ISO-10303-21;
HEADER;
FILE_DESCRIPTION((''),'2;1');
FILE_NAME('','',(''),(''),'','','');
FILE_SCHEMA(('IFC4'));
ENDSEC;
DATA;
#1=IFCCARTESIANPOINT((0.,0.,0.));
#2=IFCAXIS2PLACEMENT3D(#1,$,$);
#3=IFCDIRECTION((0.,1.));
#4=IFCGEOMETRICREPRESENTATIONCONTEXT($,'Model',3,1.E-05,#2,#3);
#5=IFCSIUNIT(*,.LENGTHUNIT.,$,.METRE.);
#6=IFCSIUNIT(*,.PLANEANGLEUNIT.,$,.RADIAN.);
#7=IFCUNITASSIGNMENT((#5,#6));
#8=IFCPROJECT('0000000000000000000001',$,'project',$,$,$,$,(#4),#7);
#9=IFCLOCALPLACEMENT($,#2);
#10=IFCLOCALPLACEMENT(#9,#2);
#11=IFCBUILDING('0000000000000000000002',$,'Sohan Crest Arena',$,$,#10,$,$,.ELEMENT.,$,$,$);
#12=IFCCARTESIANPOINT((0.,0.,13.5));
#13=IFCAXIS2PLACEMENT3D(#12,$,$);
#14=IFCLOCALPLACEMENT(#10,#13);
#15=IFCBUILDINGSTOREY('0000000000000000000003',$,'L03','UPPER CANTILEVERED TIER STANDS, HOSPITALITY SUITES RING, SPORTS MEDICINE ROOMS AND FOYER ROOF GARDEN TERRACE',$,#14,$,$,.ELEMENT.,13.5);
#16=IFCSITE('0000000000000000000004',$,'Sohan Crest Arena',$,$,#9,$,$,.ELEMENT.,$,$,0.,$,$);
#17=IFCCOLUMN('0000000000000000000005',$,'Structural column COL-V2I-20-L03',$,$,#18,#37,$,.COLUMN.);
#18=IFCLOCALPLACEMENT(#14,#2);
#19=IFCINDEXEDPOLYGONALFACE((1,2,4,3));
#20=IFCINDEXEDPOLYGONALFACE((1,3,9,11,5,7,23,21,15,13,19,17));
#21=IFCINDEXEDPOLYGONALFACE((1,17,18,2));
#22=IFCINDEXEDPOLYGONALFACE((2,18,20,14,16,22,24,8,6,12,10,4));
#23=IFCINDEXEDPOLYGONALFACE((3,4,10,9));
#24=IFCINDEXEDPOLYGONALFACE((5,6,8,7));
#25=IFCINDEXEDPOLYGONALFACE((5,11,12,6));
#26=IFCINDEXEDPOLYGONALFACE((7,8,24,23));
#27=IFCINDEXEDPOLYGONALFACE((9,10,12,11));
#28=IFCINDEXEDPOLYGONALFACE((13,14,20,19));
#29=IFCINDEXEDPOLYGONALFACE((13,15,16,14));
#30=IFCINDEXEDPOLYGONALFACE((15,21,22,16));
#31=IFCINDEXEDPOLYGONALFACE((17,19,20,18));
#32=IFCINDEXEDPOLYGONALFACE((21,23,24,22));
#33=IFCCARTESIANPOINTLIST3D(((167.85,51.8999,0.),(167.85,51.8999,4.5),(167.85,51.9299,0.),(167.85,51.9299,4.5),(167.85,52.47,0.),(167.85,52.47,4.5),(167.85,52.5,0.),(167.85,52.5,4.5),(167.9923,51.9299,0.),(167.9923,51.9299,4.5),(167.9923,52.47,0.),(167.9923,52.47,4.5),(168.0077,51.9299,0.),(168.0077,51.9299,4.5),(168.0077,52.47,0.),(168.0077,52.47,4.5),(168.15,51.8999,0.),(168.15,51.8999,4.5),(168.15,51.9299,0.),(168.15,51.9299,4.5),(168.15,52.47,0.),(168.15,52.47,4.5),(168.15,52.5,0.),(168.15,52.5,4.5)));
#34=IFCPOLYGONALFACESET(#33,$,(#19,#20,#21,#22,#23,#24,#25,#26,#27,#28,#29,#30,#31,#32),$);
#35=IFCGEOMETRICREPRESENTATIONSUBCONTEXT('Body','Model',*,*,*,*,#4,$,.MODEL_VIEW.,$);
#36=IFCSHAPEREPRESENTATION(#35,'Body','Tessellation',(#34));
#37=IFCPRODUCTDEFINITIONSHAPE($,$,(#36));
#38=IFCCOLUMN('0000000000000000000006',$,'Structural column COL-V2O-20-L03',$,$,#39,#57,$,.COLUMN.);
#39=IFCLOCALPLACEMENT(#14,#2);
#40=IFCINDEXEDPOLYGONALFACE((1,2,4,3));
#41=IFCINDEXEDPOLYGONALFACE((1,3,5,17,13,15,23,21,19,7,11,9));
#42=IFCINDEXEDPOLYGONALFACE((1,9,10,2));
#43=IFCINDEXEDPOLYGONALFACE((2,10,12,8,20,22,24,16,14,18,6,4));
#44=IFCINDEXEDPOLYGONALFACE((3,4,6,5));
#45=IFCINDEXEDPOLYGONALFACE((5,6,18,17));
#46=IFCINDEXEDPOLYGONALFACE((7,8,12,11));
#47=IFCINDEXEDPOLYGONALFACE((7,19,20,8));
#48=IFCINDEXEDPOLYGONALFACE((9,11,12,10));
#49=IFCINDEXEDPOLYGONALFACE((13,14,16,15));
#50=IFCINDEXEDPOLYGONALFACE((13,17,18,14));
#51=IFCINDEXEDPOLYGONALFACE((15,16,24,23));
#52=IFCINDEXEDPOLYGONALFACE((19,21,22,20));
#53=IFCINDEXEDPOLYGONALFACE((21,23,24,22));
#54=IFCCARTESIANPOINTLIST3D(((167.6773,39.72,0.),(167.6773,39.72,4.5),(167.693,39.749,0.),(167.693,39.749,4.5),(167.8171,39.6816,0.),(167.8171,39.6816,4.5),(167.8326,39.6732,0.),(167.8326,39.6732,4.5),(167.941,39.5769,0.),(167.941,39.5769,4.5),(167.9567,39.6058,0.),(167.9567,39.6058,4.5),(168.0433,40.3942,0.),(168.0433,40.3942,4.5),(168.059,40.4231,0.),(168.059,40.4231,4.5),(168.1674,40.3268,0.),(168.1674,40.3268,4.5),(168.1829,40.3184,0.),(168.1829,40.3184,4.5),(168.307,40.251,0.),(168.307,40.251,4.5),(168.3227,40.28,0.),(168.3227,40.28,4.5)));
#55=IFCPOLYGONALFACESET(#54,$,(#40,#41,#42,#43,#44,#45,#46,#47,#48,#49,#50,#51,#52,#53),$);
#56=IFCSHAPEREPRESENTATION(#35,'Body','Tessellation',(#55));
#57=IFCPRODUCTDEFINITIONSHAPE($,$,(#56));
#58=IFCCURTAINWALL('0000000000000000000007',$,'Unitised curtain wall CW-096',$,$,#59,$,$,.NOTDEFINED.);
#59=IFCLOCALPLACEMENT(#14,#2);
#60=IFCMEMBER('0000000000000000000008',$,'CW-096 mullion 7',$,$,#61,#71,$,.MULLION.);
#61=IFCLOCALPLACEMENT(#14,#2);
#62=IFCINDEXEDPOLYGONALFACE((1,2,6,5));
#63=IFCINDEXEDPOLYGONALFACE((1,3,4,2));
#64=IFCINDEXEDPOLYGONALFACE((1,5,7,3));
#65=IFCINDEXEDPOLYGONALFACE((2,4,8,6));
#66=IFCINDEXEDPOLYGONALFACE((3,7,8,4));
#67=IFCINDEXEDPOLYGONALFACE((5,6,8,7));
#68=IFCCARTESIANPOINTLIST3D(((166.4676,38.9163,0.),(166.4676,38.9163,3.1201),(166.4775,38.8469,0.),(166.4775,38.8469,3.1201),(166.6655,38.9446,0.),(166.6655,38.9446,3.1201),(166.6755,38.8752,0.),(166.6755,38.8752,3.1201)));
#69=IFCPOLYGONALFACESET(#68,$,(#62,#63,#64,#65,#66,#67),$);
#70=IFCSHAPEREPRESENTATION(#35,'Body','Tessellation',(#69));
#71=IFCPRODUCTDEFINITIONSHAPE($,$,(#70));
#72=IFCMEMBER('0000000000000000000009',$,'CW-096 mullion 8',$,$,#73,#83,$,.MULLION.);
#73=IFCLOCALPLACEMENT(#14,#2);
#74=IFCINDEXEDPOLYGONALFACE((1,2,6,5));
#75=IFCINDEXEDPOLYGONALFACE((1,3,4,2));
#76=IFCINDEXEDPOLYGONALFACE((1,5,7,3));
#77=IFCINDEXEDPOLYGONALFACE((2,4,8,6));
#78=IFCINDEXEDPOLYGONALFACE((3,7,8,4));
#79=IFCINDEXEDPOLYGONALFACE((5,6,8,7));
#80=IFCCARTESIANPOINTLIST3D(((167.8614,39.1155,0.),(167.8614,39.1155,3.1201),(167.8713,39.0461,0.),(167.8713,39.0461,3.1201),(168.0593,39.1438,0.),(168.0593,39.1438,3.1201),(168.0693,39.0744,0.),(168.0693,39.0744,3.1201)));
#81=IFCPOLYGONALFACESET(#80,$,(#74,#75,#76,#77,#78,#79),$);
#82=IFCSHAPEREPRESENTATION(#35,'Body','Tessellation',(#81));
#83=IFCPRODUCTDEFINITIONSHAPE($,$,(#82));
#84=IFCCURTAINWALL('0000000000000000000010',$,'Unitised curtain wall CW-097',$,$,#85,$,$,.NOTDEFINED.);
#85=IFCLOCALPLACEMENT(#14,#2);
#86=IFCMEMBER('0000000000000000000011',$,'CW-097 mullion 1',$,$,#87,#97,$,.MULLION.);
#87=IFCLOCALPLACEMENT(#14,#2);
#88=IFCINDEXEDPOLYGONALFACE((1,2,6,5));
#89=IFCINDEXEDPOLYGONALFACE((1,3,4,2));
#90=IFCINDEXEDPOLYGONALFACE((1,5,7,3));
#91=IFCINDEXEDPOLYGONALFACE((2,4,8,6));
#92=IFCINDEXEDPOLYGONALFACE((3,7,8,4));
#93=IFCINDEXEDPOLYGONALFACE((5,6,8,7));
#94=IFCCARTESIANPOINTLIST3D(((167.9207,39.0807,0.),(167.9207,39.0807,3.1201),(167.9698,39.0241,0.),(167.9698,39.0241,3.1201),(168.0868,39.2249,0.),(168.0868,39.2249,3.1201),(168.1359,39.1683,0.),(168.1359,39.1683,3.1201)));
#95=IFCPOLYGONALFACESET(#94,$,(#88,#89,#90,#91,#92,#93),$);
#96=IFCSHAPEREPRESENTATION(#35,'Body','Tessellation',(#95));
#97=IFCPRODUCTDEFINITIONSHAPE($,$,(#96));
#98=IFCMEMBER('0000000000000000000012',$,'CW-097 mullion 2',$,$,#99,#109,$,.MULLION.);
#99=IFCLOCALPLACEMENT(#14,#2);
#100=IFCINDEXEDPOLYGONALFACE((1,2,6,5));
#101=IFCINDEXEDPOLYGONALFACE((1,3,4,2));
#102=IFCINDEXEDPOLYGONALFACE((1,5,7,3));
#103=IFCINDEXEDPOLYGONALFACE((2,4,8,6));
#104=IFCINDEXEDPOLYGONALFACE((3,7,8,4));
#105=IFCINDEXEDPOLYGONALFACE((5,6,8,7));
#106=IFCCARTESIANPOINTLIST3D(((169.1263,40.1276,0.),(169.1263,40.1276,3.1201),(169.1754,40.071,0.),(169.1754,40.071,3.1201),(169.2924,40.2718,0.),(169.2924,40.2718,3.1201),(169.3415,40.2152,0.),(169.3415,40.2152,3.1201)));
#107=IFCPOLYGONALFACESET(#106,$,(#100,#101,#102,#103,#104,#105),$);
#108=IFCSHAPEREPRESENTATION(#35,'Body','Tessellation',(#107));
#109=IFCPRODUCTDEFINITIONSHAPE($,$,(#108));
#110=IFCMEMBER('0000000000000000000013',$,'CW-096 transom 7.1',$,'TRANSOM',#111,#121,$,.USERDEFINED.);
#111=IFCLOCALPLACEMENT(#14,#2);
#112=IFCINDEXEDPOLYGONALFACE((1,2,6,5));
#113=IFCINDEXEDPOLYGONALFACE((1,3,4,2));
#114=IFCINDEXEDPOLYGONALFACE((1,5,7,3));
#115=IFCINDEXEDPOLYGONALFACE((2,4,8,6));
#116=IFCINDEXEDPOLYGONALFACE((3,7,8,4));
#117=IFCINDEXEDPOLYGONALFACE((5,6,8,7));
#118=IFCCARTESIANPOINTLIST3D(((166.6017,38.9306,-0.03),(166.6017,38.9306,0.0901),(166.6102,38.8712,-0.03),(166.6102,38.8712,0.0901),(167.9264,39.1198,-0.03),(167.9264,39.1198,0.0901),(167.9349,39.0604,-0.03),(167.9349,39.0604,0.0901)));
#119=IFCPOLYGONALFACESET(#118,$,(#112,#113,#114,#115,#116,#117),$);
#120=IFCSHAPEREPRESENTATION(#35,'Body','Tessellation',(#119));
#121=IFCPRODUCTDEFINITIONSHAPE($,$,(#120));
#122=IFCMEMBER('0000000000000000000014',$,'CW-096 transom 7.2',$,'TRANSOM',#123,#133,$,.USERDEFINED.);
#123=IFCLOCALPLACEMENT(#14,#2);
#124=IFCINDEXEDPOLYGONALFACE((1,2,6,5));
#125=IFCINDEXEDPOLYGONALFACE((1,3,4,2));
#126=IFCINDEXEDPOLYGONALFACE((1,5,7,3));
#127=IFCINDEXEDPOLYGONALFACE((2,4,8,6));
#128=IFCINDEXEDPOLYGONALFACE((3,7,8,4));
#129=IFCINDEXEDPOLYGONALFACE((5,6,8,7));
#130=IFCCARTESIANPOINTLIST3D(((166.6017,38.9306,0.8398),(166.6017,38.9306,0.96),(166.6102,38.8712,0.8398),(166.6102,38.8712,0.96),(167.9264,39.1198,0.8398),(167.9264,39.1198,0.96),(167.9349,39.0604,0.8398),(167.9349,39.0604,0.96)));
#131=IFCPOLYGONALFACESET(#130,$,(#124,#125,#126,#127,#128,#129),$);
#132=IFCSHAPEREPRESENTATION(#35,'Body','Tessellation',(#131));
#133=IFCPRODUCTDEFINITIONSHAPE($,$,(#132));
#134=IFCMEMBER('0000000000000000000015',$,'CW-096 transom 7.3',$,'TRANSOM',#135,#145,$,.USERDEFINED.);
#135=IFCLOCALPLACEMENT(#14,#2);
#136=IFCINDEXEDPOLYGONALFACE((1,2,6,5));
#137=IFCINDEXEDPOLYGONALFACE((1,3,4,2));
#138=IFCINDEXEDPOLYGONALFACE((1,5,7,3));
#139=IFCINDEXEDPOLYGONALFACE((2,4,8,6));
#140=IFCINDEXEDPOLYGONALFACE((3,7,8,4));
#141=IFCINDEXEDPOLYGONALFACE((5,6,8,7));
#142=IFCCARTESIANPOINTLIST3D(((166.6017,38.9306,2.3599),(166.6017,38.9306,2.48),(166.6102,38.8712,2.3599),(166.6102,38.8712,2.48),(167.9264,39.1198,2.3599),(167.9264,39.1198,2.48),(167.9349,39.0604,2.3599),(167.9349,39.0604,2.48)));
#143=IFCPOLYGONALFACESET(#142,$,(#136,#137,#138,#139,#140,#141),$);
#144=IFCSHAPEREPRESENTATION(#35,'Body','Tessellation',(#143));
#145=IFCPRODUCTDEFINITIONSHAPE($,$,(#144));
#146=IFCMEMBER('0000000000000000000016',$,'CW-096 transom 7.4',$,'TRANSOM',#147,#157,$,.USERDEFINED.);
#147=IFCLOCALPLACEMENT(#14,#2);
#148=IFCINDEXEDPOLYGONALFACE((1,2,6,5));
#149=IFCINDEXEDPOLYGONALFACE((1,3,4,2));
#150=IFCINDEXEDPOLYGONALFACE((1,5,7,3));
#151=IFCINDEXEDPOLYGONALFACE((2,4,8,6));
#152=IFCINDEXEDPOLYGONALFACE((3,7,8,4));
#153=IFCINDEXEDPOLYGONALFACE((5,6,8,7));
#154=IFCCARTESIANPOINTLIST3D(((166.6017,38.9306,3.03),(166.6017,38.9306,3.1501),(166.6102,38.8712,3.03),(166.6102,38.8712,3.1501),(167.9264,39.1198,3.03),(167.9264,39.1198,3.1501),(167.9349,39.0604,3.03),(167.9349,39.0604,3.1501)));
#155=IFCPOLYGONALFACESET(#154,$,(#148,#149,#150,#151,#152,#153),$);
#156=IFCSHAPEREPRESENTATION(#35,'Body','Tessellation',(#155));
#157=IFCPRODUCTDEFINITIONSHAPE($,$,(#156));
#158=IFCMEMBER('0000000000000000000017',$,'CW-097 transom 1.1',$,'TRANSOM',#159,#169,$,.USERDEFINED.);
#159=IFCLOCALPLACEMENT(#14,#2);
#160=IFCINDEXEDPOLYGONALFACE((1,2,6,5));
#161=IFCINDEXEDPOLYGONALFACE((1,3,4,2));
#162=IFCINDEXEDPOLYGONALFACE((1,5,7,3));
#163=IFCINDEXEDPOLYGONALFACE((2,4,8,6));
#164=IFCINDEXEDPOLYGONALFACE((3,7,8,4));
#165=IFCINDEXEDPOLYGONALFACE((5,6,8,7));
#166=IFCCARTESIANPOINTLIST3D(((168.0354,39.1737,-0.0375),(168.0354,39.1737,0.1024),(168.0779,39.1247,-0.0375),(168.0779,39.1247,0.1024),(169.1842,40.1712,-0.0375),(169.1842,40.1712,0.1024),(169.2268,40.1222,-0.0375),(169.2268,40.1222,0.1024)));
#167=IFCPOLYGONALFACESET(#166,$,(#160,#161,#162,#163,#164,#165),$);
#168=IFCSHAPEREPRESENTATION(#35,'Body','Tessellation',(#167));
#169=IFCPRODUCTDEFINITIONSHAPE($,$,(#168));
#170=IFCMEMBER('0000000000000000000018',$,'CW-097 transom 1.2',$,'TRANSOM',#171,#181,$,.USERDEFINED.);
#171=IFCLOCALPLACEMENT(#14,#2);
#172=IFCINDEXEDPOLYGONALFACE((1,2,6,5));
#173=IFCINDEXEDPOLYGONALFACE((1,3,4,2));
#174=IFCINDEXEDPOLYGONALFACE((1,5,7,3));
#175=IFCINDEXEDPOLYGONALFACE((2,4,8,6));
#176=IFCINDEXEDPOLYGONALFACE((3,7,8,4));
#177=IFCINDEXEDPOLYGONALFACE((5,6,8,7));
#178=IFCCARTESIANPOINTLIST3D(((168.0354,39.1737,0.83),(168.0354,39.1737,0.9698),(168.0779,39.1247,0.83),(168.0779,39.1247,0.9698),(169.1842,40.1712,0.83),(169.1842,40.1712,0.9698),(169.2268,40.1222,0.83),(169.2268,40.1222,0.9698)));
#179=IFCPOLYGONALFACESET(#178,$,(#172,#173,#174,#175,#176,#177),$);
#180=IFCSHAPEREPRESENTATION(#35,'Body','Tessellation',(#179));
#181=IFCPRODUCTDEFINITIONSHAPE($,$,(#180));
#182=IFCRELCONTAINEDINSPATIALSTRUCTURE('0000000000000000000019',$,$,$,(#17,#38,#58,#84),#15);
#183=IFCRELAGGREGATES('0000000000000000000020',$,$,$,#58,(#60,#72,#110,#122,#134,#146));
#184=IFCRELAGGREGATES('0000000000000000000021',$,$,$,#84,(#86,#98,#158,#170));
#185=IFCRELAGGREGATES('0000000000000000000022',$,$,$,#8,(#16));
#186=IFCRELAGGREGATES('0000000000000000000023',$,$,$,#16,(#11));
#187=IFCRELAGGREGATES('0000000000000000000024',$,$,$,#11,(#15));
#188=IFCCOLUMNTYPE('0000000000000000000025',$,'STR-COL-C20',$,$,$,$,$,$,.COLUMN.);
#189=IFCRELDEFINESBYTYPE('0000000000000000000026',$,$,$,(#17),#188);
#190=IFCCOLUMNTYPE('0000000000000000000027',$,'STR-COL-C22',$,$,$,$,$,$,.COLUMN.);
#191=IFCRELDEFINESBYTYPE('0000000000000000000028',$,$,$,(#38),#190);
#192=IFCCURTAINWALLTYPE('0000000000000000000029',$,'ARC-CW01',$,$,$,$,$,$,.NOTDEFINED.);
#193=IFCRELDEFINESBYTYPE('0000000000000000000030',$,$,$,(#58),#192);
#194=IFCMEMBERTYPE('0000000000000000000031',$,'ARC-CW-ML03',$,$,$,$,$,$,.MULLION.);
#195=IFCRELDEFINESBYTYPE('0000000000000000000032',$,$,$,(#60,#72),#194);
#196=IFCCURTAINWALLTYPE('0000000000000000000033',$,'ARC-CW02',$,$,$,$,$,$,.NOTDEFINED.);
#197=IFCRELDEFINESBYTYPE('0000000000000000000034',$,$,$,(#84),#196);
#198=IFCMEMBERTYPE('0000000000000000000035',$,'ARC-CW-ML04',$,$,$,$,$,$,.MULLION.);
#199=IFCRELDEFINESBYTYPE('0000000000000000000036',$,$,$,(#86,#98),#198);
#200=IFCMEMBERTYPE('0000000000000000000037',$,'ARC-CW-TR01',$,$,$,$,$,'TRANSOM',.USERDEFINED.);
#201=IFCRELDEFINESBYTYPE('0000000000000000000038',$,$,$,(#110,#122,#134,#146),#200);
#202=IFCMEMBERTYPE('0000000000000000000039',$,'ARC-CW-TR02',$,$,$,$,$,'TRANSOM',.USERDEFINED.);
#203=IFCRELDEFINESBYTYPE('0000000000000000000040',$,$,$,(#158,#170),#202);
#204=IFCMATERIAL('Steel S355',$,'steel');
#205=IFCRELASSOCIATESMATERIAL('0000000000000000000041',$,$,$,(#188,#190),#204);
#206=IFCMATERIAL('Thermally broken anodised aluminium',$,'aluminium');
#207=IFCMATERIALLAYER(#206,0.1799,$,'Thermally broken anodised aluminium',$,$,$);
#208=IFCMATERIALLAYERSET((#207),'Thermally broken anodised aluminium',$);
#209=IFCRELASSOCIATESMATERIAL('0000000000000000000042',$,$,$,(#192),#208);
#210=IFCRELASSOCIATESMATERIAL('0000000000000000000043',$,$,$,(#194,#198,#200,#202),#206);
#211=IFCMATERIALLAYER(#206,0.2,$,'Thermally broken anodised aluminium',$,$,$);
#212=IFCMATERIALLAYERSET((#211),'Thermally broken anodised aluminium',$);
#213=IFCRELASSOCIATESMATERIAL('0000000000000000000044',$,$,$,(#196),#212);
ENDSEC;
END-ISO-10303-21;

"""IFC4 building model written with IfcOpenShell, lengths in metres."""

from ifc_helpers import new_model, si_unit, direction, frame, origin, origin_2d, place, context, subcontext, project, spatial, rectangle, i_section, extrude, material, layer, layer_set, material_profile, profile_set, type_object, element, aggregate, save


model = new_model("IFC4")

# Units and contexts
model_context = context("Model", 3, precision=1e-05, world=origin(), true_north=direction((0.0, 1.0)))
body_context = subcontext(model_context, "Body", "Model", "MODEL_VIEW")
ifc_project = project(units=[si_unit("LENGTHUNIT", "METRE"), si_unit("PLANEANGLEUNIT", "RADIAN")], contexts=[model_context])

# Site, building, storey
site_placement = place(None, origin())
site = spatial("IfcSite", under=ifc_project, at=site_placement, Name="Sohan Crest Arena", CompositionType="ELEMENT", RefElevation=0.0)
building_placement = place(site_placement, origin())
building = spatial("IfcBuilding", under=site, at=building_placement, Name="Sohan Crest Arena", CompositionType="ELEMENT")
storey_placement = place(building_placement, frame((0.0, 0.0, 13.5)))
storey = spatial("IfcBuildingStorey", under=building, at=storey_placement, Name="L03", Description="UPPER CANTILEVERED TIER STANDS, HOSPITALITY SUITES RING, SPORTS MEDICINE ROOMS AND FOYER ROOF GARDEN TERRACE", CompositionType="ELEMENT", Elevation=13.5)

# Columns
ifc_material_1 = material(Name="Steel S355", Category="steel")
ifc_material_profile_1 = material_profile(ifc_material_1, i_section(OverallWidth=0.3, OverallDepth=0.6001, WebThickness=0.0154, FlangeThickness=0.03, at=origin_2d()), Name="HEB 600")
ifc_profile_set_1 = profile_set([ifc_material_profile_1], Name="Steel S355")
column_type_1 = type_object("IfcColumnType", Name="STR-COL-C20", PredefinedType="COLUMN", material=ifc_profile_set_1)
column_1_placement = place(storey_placement, frame((168.0, 52.2, 0.0), z_axis=(0.0, 0.0, 1.0), x_axis=(1.0, 0.0, 0.0)))
element("IfcColumn", 1, at=column_1_placement, inside=storey, type_object=column_type_1, Name="Structural column COL-V2I-20-L03", PredefinedType="COLUMN", context=body_context, shape_type="SweptSolid", body=[
    extrude(i_section(OverallWidth=0.3, OverallDepth=0.6001, WebThickness=0.0154, FlangeThickness=0.03, at=origin_2d()), origin(), (0.0, 0.0, 1.0), 4.5),
])
ifc_material_profile_2 = material_profile(ifc_material_1, i_section(OverallWidth=0.3, OverallDepth=0.8, WebThickness=0.0176, FlangeThickness=0.033, at=origin_2d()), Name="HEB 800")
ifc_profile_set_2 = profile_set([ifc_material_profile_2], Name="Steel S355")
column_type_2 = type_object("IfcColumnType", Name="STR-COL-C22", PredefinedType="COLUMN", material=ifc_profile_set_2)
column_2_placement = place(storey_placement, frame((168.0, 40.0, 0.0), z_axis=(0.0, 0.0, 1.0), x_axis=(-0.878817, 0.477159, 0.0)))
element("IfcColumn", 2, at=column_2_placement, inside=storey, type_object=column_type_2, Name="Structural column COL-V2O-20-L03", PredefinedType="COLUMN", context=body_context, shape_type="SweptSolid", body=[
    extrude(i_section(OverallWidth=0.3, OverallDepth=0.8, WebThickness=0.0176, FlangeThickness=0.033, at=origin_2d()), origin(), (0.0, 0.0, 1.0), 4.5),
])

# Curtain walls, members
ifc_material_2 = material(Name="Thermally broken anodised aluminium", Category="aluminium")
ifc_layer_1 = layer(ifc_material_2, 0.1799, Name="Thermally broken anodised aluminium")
ifc_layer_set_1 = layer_set([ifc_layer_1], Name="Thermally broken anodised aluminium")
curtain_wall_type_1 = type_object("IfcCurtainWallType", Name="ARC-CW01", PredefinedType="NOTDEFINED", material=ifc_layer_set_1)
curtain_wall_1_placement = place(storey_placement, origin())
curtain_wall_1 = element("IfcCurtainWall", 3, at=curtain_wall_1_placement, inside=storey, type_object=curtain_wall_type_1, Name="Unitised curtain wall CW-096", PredefinedType="NOTDEFINED")
ifc_material_profile_3 = material_profile(ifc_material_2, rectangle(XDim=0.0701, YDim=0.2, at=origin_2d()), Name="ALU-MULL 70x200")
ifc_profile_set_3 = profile_set([ifc_material_profile_3], Name="Thermally broken anodised aluminium")
member_type_1 = type_object("IfcMemberType", Name="ARC-CW-ML03", PredefinedType="MULLION", material=ifc_profile_set_3)
member_1_placement = place(storey_placement, frame((166.5715, 38.8958, 0.0), z_axis=(0.0, 0.0, 1.0), x_axis=(-0.141463, 0.989944, 0.0)))
member_1 = element("IfcMember", 4, at=member_1_placement, type_object=member_type_1, Name="CW-096 mullion 7", PredefinedType="MULLION", context=body_context, shape_type="SweptSolid", body=[
    extrude(rectangle(XDim=0.0701, YDim=0.2, at=origin_2d()), origin(), (0.0, 0.0, 1.0), 3.1201),
])
member_2_placement = place(storey_placement, frame((167.9653, 39.095, 0.0), z_axis=(0.0, 0.0, 1.0), x_axis=(-0.141463, 0.989944, 0.0)))
member_2 = element("IfcMember", 5, at=member_2_placement, type_object=member_type_1, Name="CW-096 mullion 8", PredefinedType="MULLION", context=body_context, shape_type="SweptSolid", body=[
    extrude(rectangle(XDim=0.0701, YDim=0.2, at=origin_2d()), origin(), (0.0, 0.0, 1.0), 3.1201),
])
ifc_layer_2 = layer(ifc_material_2, 0.2, Name="Thermally broken anodised aluminium")
ifc_layer_set_2 = layer_set([ifc_layer_2], Name="Thermally broken anodised aluminium")
curtain_wall_type_2 = type_object("IfcCurtainWallType", Name="ARC-CW02", PredefinedType="NOTDEFINED", material=ifc_layer_set_2)
curtain_wall_2_placement = place(storey_placement, origin())
curtain_wall_2 = element("IfcCurtainWall", 6, at=curtain_wall_2_placement, inside=storey, type_object=curtain_wall_type_2, Name="Unitised curtain wall CW-097", PredefinedType="NOTDEFINED")
ifc_material_profile_4 = material_profile(ifc_material_2, rectangle(XDim=0.075, YDim=0.22, at=origin_2d()), Name="ALU-MULL 75x220")
ifc_profile_set_4 = profile_set([ifc_material_profile_4], Name="Thermally broken anodised aluminium")
member_type_2 = type_object("IfcMemberType", Name="ARC-CW-ML04", PredefinedType="MULLION", material=ifc_profile_set_4)
member_3_placement = place(storey_placement, frame((168.0283, 39.1245, 0.0), z_axis=(0.0, 0.0, 1.0), x_axis=(-0.655616, 0.755095, 0.0)))
member_3 = element("IfcMember", 7, at=member_3_placement, type_object=member_type_2, Name="CW-097 mullion 1", PredefinedType="MULLION", context=body_context, shape_type="SweptSolid", body=[
    extrude(rectangle(XDim=0.075, YDim=0.22, at=origin_2d()), origin(), (0.0, 0.0, 1.0), 3.1201),
])
member_4_placement = place(storey_placement, frame((169.2339, 40.1714, 0.0), z_axis=(0.0, 0.0, 1.0), x_axis=(-0.655616, 0.755095, 0.0)))
member_4 = element("IfcMember", 8, at=member_4_placement, type_object=member_type_2, Name="CW-097 mullion 2", PredefinedType="MULLION", context=body_context, shape_type="SweptSolid", body=[
    extrude(rectangle(XDim=0.075, YDim=0.22, at=origin_2d()), origin(), (0.0, 0.0, 1.0), 3.1201),
])

# Members
ifc_material_profile_5 = material_profile(ifc_material_2, rectangle(XDim=0.0601, YDim=0.1201, at=origin_2d()), Name="ALU-TRAN 60x120")
ifc_profile_set_5 = profile_set([ifc_material_profile_5], Name="Thermally broken anodised aluminium")
member_type_3 = type_object("IfcMemberType", Name="ARC-CW-TR01", ElementType="TRANSOM", PredefinedType="USERDEFINED", material=ifc_profile_set_5)
member_5_placement = place(storey_placement, frame((166.606, 38.9009, 0.03), z_axis=(0.989953, 0.141396, 0.0), x_axis=(-0.141396, 0.989953, 0.0)))
member_5 = element("IfcMember", 9, at=member_5_placement, type_object=member_type_3, Name="CW-096 transom 7.1", ObjectType="TRANSOM", PredefinedType="USERDEFINED", context=body_context, shape_type="SweptSolid", body=[
    extrude(rectangle(XDim=0.0601, YDim=0.1201, at=origin_2d()), origin(), (0.0, 0.0, 1.0), 1.3381),
])
member_6_placement = place(storey_placement, frame((166.606, 38.9009, 0.8999), z_axis=(0.989953, 0.141396, 0.0), x_axis=(-0.141396, 0.989953, 0.0)))
member_6 = element("IfcMember", 10, at=member_6_placement, type_object=member_type_3, Name="CW-096 transom 7.2", ObjectType="TRANSOM", PredefinedType="USERDEFINED", context=body_context, shape_type="SweptSolid", body=[
    extrude(rectangle(XDim=0.0601, YDim=0.1201, at=origin_2d()), origin(), (0.0, 0.0, 1.0), 1.3381),
])
member_7_placement = place(storey_placement, frame((166.606, 38.9009, 2.4199), z_axis=(0.989953, 0.141396, 0.0), x_axis=(-0.141396, 0.989953, 0.0)))
member_7 = element("IfcMember", 11, at=member_7_placement, type_object=member_type_3, Name="CW-096 transom 7.3", ObjectType="TRANSOM", PredefinedType="USERDEFINED", context=body_context, shape_type="SweptSolid", body=[
    extrude(rectangle(XDim=0.0601, YDim=0.1201, at=origin_2d()), origin(), (0.0, 0.0, 1.0), 1.3381),
])
member_8_placement = place(storey_placement, frame((166.606, 38.9009, 3.0901), z_axis=(0.989953, 0.141396, 0.0), x_axis=(-0.141396, 0.989953, 0.0)))
member_8 = element("IfcMember", 12, at=member_8_placement, type_object=member_type_3, Name="CW-096 transom 7.4", ObjectType="TRANSOM", PredefinedType="USERDEFINED", context=body_context, shape_type="SweptSolid", body=[
    extrude(rectangle(XDim=0.0601, YDim=0.1201, at=origin_2d()), origin(), (0.0, 0.0, 1.0), 1.3381),
])
ifc_material_profile_6 = material_profile(ifc_material_2, rectangle(XDim=0.0649, YDim=0.1399, at=origin_2d()), Name="ALU-TRAN 65x140")
ifc_profile_set_6 = profile_set([ifc_material_profile_6], Name="Thermally broken anodised aluminium")
member_type_4 = type_object("IfcMemberType", Name="ARC-CW-TR02", ElementType="TRANSOM", PredefinedType="USERDEFINED", material=ifc_profile_set_6)
member_9_placement = place(storey_placement, frame((168.0566, 39.1492, 0.0325), z_axis=(0.755096, 0.655614, 0.0), x_axis=(-0.655614, 0.755096, 0.0)))
member_9 = element("IfcMember", 13, at=member_9_placement, type_object=member_type_4, Name="CW-097 transom 1.1", ObjectType="TRANSOM", PredefinedType="USERDEFINED", context=body_context, shape_type="SweptSolid", body=[
    extrude(rectangle(XDim=0.0649, YDim=0.1399, at=origin_2d()), origin(), (0.0, 0.0, 1.0), 1.5215),
])
member_10_placement = place(storey_placement, frame((168.0566, 39.1492, 0.8999), z_axis=(0.755096, 0.655614, 0.0), x_axis=(-0.655614, 0.755096, 0.0)))
member_10 = element("IfcMember", 14, at=member_10_placement, type_object=member_type_4, Name="CW-097 transom 1.2", ObjectType="TRANSOM", PredefinedType="USERDEFINED", context=body_context, shape_type="SweptSolid", body=[
    extrude(rectangle(XDim=0.0649, YDim=0.1399, at=origin_2d()), origin(), (0.0, 0.0, 1.0), 1.5215),
])

aggregate(curtain_wall_1, [member_1, member_2, member_5, member_6, member_7, member_8])
aggregate(curtain_wall_2, [member_3, member_4, member_9, member_10])

save(model, "model.ifc")
